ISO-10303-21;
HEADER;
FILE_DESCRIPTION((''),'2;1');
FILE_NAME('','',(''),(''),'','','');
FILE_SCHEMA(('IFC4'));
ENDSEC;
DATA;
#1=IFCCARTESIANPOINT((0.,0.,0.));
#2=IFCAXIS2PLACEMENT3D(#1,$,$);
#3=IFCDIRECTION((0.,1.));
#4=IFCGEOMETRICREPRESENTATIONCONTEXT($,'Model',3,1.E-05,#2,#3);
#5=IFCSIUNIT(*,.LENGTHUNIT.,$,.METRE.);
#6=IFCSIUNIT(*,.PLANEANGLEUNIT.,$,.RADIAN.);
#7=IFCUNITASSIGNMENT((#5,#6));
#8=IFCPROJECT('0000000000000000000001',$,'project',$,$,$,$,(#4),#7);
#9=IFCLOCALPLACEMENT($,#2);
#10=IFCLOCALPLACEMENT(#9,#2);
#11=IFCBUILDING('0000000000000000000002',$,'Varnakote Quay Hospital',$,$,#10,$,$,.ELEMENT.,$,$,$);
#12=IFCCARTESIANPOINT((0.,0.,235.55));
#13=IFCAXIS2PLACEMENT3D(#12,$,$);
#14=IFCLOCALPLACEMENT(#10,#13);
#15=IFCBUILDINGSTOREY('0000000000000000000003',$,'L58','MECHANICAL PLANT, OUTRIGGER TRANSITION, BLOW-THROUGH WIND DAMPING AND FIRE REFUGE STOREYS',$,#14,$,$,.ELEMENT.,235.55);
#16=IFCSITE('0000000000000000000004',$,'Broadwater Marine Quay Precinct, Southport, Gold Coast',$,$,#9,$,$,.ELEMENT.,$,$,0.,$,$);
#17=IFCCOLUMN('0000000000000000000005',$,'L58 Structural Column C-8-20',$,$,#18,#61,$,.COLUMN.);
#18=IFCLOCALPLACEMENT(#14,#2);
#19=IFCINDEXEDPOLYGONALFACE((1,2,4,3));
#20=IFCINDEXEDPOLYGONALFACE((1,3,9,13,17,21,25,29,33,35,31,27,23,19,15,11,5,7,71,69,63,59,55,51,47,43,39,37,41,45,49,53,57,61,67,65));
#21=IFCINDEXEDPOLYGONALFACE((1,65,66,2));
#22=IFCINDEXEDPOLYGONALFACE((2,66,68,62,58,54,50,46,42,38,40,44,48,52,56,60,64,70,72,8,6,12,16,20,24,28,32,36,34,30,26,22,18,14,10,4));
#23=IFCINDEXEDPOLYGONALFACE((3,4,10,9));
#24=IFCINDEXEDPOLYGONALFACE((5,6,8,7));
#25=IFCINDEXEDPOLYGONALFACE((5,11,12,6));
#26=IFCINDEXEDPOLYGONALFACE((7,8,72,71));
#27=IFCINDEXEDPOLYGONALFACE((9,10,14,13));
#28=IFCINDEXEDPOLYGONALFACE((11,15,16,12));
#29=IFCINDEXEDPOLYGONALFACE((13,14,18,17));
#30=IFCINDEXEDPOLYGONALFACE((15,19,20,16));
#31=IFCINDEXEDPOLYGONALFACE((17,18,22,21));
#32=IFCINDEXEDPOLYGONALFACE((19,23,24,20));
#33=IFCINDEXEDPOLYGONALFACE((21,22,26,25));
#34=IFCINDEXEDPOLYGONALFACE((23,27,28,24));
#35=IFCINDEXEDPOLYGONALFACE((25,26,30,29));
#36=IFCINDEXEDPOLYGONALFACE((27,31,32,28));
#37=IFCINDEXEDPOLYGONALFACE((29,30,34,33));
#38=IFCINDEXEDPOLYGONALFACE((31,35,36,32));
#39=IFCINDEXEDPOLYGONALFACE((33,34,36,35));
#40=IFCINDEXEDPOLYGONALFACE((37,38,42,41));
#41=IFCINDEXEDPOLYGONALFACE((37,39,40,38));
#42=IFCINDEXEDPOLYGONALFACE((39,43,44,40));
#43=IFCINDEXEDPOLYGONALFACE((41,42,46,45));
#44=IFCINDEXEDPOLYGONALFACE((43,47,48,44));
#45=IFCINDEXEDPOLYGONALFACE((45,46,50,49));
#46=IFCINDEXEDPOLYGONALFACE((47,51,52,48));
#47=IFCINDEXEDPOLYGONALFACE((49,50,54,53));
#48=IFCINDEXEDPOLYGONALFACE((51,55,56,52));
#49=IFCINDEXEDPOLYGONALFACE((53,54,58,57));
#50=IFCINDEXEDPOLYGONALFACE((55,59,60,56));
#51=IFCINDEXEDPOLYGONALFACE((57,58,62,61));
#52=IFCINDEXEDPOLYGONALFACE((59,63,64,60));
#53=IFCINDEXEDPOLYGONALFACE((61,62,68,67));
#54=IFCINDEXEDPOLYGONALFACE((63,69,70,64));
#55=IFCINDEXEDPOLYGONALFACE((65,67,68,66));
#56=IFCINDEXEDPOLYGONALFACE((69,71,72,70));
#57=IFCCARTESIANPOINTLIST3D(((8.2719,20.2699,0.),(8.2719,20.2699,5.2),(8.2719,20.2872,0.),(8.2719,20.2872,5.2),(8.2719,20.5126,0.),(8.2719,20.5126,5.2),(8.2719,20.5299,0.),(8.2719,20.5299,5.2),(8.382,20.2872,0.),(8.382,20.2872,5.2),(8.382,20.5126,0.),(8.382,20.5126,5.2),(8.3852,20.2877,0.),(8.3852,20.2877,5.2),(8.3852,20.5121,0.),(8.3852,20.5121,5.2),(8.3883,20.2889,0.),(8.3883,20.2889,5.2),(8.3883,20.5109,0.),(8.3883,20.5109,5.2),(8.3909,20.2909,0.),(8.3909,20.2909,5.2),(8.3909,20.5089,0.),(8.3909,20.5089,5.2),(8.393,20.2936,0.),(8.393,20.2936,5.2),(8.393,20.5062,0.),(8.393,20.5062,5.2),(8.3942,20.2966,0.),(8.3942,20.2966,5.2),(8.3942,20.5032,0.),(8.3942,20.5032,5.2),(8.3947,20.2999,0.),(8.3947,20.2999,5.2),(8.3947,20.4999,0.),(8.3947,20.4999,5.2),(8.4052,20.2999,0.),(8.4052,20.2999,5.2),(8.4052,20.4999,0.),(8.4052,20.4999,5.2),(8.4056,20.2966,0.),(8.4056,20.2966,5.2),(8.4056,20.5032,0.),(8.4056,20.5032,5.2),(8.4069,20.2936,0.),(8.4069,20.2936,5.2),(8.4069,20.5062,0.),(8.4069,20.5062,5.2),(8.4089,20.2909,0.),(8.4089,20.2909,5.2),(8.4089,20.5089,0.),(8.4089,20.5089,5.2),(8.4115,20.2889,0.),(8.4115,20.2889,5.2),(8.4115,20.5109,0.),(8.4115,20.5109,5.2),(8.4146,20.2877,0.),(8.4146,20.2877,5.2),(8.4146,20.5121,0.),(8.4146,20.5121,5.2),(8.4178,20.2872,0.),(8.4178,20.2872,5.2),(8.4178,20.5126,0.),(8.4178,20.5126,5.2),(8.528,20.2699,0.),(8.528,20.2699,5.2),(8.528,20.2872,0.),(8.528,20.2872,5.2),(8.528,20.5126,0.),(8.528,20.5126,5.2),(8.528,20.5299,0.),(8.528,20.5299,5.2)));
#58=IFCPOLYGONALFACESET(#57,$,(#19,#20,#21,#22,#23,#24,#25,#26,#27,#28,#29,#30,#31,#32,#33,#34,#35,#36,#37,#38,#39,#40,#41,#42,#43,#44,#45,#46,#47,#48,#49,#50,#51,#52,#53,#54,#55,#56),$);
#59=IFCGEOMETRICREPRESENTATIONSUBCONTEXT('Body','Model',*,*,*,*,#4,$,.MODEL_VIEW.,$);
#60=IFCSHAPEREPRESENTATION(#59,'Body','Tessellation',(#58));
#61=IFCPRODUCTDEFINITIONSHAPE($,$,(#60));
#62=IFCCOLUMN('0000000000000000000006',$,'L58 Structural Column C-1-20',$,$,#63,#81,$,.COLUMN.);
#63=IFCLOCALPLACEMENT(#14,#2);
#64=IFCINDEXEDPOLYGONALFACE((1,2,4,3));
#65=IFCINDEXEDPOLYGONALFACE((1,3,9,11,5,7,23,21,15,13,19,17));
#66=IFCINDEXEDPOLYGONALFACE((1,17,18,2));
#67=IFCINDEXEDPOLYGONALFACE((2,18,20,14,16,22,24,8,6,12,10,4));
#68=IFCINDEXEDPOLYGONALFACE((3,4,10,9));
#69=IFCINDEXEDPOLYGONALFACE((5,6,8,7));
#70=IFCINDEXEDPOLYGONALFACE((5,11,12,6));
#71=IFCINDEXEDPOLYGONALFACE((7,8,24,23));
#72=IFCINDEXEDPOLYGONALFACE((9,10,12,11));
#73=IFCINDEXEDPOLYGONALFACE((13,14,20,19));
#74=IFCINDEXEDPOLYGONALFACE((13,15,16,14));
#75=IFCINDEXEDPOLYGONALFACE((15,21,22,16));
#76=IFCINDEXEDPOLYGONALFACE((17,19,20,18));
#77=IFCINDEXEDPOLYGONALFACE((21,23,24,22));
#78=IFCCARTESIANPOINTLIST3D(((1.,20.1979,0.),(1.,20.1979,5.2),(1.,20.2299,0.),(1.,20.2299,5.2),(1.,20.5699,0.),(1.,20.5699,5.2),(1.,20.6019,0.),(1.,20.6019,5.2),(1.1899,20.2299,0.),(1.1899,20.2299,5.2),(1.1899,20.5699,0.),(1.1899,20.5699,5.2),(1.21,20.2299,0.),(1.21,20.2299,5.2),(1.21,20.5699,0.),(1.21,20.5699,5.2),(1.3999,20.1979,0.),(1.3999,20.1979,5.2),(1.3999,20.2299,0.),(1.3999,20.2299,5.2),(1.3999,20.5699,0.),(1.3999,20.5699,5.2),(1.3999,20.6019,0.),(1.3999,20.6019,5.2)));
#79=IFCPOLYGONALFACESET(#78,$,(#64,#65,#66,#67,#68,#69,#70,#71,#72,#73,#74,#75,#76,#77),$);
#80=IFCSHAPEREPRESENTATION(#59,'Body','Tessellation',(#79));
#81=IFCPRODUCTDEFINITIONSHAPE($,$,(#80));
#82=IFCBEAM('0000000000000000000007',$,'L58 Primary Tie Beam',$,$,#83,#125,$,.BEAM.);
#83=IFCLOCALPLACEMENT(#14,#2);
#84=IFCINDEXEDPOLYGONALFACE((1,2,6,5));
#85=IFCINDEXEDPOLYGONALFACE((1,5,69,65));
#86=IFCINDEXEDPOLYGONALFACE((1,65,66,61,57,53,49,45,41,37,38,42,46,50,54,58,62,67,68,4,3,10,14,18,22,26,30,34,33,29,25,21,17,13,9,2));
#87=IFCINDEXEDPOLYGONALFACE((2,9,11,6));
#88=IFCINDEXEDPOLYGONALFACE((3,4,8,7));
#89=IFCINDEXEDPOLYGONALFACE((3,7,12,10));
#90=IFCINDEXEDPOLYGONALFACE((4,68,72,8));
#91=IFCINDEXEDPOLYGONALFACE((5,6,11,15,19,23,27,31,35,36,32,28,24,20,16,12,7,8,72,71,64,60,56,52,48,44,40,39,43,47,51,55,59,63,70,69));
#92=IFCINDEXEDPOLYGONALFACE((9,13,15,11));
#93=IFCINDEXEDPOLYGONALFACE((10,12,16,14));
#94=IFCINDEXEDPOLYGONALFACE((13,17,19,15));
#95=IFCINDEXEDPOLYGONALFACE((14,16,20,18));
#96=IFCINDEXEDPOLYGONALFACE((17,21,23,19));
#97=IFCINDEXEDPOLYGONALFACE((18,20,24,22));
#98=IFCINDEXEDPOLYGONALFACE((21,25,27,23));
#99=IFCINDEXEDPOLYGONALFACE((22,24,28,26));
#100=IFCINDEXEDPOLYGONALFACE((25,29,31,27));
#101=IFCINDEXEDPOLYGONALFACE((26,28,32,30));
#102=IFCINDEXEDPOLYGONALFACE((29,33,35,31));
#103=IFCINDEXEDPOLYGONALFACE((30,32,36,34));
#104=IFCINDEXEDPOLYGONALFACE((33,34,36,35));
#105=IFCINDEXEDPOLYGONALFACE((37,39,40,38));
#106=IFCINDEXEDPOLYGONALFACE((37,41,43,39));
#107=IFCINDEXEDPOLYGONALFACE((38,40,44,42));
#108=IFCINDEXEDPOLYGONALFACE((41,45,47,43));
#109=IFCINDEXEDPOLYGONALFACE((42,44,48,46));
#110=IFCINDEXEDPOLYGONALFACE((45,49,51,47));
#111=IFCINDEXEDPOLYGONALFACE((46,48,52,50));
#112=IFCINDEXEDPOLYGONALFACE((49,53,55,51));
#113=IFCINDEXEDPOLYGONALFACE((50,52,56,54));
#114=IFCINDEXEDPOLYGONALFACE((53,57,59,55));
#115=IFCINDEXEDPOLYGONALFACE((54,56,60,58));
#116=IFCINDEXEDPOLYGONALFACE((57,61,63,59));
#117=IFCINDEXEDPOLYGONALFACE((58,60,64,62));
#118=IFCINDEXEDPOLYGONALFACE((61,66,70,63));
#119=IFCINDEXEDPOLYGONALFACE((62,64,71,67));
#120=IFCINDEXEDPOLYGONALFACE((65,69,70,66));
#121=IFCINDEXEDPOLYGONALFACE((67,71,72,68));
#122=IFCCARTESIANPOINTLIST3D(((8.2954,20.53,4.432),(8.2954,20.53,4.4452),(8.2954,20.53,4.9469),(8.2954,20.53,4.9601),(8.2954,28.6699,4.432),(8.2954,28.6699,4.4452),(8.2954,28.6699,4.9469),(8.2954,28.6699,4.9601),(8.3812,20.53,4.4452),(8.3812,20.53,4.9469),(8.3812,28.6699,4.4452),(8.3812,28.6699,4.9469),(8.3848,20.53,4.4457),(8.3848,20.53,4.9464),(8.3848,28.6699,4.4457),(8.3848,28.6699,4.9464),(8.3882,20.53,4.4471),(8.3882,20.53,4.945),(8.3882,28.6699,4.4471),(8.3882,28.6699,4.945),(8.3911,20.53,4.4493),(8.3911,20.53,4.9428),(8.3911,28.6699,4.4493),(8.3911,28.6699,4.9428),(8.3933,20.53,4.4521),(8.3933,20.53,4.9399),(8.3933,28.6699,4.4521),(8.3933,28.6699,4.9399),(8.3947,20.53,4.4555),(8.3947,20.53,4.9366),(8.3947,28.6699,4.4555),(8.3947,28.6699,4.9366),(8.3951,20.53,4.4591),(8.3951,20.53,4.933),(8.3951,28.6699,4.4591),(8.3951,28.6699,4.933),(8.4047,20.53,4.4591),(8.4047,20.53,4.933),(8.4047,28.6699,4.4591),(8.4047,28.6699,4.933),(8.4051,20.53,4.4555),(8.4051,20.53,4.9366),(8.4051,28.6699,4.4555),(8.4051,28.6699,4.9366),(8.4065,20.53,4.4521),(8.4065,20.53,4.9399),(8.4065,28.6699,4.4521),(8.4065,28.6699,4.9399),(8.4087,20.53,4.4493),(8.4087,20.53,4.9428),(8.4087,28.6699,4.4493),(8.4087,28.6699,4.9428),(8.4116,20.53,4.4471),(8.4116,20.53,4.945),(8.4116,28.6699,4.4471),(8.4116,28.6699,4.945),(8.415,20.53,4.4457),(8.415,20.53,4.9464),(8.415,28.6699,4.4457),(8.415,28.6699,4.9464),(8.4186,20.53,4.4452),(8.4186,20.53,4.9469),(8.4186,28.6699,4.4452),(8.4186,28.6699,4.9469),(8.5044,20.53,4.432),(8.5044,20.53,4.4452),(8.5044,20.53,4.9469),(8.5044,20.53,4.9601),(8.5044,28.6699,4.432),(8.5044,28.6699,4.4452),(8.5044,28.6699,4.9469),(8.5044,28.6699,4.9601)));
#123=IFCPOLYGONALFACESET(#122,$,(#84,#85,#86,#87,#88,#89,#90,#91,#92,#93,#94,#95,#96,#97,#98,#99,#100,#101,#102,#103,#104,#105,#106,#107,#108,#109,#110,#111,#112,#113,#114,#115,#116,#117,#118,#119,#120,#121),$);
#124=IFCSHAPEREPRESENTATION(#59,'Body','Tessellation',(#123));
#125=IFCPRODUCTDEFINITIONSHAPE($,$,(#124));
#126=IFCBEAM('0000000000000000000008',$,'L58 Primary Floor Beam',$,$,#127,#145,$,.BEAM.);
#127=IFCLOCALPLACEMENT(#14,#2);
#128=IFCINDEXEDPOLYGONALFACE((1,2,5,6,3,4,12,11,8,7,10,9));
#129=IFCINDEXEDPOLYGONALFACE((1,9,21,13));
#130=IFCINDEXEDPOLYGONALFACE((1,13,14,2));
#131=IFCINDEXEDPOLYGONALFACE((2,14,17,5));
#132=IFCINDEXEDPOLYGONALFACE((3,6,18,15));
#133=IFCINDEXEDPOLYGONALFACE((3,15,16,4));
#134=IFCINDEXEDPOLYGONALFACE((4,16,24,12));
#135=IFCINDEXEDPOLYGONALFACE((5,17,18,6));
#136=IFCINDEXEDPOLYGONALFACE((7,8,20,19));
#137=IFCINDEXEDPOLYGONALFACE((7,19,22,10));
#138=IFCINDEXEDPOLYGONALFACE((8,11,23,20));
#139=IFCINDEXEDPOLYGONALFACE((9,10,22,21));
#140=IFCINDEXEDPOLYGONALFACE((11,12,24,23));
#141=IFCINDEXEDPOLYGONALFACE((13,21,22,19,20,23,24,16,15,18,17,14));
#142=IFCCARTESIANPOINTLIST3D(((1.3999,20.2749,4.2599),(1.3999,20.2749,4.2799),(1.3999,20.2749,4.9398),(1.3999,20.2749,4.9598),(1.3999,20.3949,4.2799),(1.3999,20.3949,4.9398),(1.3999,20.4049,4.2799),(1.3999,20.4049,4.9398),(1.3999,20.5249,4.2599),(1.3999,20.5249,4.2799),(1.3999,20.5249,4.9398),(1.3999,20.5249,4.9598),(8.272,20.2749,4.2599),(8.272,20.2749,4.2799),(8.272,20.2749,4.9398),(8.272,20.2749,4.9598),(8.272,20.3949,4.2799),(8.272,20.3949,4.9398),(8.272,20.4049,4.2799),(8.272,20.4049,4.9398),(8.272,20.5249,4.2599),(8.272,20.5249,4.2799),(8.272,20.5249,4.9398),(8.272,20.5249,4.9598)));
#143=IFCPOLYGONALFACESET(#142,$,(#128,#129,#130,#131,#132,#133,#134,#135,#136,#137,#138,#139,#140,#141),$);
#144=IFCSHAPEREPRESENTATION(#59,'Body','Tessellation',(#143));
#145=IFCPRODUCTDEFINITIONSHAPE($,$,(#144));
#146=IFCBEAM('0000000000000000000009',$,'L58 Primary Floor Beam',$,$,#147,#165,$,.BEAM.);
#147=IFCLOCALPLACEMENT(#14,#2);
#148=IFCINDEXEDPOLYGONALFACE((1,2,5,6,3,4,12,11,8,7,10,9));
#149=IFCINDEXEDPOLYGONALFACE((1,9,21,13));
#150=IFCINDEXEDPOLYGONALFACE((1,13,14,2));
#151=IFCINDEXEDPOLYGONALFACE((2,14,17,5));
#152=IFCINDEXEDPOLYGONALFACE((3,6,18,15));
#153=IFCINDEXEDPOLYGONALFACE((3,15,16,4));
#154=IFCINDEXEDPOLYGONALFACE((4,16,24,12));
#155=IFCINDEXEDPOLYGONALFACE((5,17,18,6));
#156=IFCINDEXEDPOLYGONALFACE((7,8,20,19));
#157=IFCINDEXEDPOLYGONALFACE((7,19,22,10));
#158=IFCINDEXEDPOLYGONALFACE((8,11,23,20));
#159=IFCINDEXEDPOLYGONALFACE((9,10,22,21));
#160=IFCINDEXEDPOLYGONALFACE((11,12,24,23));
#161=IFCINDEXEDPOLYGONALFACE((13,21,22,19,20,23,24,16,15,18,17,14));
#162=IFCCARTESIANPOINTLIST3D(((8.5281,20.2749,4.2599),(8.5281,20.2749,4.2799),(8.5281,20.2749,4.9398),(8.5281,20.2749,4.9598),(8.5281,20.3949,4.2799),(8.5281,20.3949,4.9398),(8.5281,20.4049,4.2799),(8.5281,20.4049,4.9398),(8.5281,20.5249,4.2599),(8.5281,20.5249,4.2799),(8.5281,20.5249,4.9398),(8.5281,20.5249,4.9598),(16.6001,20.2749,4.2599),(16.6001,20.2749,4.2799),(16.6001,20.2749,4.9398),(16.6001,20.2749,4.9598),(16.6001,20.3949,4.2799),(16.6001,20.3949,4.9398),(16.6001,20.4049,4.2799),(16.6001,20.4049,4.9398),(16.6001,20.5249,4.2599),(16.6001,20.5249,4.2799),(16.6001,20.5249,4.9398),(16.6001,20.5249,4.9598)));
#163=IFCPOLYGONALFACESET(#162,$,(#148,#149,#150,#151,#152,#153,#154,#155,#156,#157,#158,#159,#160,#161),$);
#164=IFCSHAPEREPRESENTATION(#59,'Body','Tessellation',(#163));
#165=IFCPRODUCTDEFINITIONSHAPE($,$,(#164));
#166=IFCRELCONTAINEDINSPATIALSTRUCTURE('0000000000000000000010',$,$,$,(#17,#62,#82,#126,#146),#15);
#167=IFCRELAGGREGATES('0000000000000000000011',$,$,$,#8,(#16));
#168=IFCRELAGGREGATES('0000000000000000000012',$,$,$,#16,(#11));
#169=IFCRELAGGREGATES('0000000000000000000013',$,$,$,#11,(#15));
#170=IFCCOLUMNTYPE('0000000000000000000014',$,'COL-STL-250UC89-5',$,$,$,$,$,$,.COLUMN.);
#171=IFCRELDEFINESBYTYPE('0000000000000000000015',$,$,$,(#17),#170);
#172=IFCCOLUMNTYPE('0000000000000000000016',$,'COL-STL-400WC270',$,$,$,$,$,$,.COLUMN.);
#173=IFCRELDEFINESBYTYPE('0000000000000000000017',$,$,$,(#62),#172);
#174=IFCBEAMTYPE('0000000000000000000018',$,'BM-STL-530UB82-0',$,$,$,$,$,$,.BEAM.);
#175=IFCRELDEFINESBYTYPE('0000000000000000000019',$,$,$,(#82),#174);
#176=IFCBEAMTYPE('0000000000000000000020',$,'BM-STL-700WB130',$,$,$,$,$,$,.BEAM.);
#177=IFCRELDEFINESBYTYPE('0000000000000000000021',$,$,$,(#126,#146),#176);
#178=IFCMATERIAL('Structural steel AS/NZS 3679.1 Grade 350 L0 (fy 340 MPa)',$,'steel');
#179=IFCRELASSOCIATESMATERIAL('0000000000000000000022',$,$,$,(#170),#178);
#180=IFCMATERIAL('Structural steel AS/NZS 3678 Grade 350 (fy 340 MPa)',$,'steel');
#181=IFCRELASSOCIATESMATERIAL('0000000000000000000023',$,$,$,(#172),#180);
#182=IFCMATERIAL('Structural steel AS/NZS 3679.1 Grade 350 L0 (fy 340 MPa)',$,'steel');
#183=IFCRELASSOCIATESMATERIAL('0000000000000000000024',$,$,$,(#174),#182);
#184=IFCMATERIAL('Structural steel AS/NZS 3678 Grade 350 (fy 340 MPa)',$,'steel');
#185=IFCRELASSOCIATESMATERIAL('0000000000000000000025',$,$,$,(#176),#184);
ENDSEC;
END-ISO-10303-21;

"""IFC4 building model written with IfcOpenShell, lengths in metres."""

from ifc_helpers import new_model, si_unit, direction, frame, origin, origin_2d, place, context, subcontext, project, spatial, i_section, extrude, material, material_profile, profile_set, type_object, element, save


model = new_model("IFC4")

# Units and contexts
model_context = context("Model", 3, precision=1e-05, world=origin(), true_north=direction((0.0, 1.0)))
body_context = subcontext(model_context, "Body", "Model", "MODEL_VIEW")
ifc_project = project(units=[si_unit("LENGTHUNIT", "METRE"), si_unit("PLANEANGLEUNIT", "RADIAN")], contexts=[model_context])

# Site, building, storey
site_placement = place(None, origin())
site = spatial("IfcSite", under=ifc_project, at=site_placement, Name="Broadwater Marine Quay Precinct, Southport, Gold Coast", CompositionType="ELEMENT", RefElevation=0.0)
building_placement = place(site_placement, origin())
building = spatial("IfcBuilding", under=site, at=building_placement, Name="Varnakote Quay Hospital", CompositionType="ELEMENT")
storey_placement = place(building_placement, frame((0.0, 0.0, 235.55)))
storey = spatial("IfcBuildingStorey", under=building, at=storey_placement, Name="L58", Description="MECHANICAL PLANT, OUTRIGGER TRANSITION, BLOW-THROUGH WIND DAMPING AND FIRE REFUGE STOREYS", CompositionType="ELEMENT", Elevation=235.55)

# Columns
ifc_material_1 = material(Name="Structural steel AS/NZS 3679.1 Grade 350 L0 (fy 340 MPa)", Category="steel")
ifc_material_profile_1 = material_profile(ifc_material_1, i_section(OverallWidth=0.2561, OverallDepth=0.26, WebThickness=0.0105, FlangeThickness=0.0173, FilletRadius=0.0127, at=origin_2d()), Name="250UC89.5")
ifc_profile_set_1 = profile_set([ifc_material_profile_1], Name="Structural steel AS/NZS 3679.1 Grade 350 L0 (fy 340 MPa)")
column_type_1 = type_object("IfcColumnType", Name="COL-STL-250UC89-5", PredefinedType="COLUMN", material=ifc_profile_set_1)
column_1_placement = place(storey_placement, frame((8.3999, 20.3999, 0.0), z_axis=(0.0, 0.0, 1.0), x_axis=(1.0, 0.0, 0.0)))
element("IfcColumn", 1, at=column_1_placement, inside=storey, type_object=column_type_1, Name="L58 Structural Column C-8-20", PredefinedType="COLUMN", context=body_context, shape_type="SweptSolid", body=[
    extrude(i_section(OverallWidth=0.2561, OverallDepth=0.26, WebThickness=0.0105, FlangeThickness=0.0173, FilletRadius=0.0127, at=origin_2d()), origin(), (0.0, 0.0, 1.0), 5.2),
])
ifc_material_2 = material(Name="Structural steel AS/NZS 3678 Grade 350 (fy 340 MPa)", Category="steel")
ifc_material_profile_2 = material_profile(ifc_material_2, i_section(OverallWidth=0.3999, OverallDepth=0.4041, WebThickness=0.02, FlangeThickness=0.032, at=origin_2d()), Name="400WC270")
ifc_profile_set_2 = profile_set([ifc_material_profile_2], Name="Structural steel AS/NZS 3678 Grade 350 (fy 340 MPa)")
column_type_2 = type_object("IfcColumnType", Name="COL-STL-400WC270", PredefinedType="COLUMN", material=ifc_profile_set_2)
column_2_placement = place(storey_placement, frame((1.2, 20.3999, 0.0), z_axis=(0.0, 0.0, 1.0), x_axis=(1.0, 0.0, 0.0)))
element("IfcColumn", 2, at=column_2_placement, inside=storey, type_object=column_type_2, Name="L58 Structural Column C-1-20", PredefinedType="COLUMN", context=body_context, shape_type="SweptSolid", body=[
    extrude(i_section(OverallWidth=0.3999, OverallDepth=0.4041, WebThickness=0.02, FlangeThickness=0.032, at=origin_2d()), origin(), (0.0, 0.0, 1.0), 5.2),
])

# Beams
ifc_material_3 = material(Name="Structural steel AS/NZS 3679.1 Grade 350 L0 (fy 340 MPa)", Category="steel")
ifc_material_profile_3 = material_profile(ifc_material_3, i_section(OverallWidth=0.209, OverallDepth=0.5281, WebThickness=0.0095, FlangeThickness=0.0132, FilletRadius=0.0139, at=origin_2d()), Name="530UB82.0")
ifc_profile_set_3 = profile_set([ifc_material_profile_3], Name="Structural steel AS/NZS 3679.1 Grade 350 L0 (fy 340 MPa)")
beam_type_1 = type_object("IfcBeamType", Name="BM-STL-530UB82-0", PredefinedType="BEAM", material=ifc_profile_set_3)
beam_1_placement = place(storey_placement, frame((8.3999, 20.53, 4.696), z_axis=(0.0, 1.0, 0.0), x_axis=(-1.0, 0.0, 0.0)))
element("IfcBeam", 3, at=beam_1_placement, inside=storey, type_object=beam_type_1, Name="L58 Primary Tie Beam", PredefinedType="BEAM", context=body_context, shape_type="SweptSolid", body=[
    extrude(i_section(OverallWidth=0.209, OverallDepth=0.5281, WebThickness=0.0095, FlangeThickness=0.0132, FilletRadius=0.0139, at=origin_2d()), origin(), (0.0, 0.0, 1.0), 8.1399),
])
ifc_material_4 = material(Name="Structural steel AS/NZS 3678 Grade 350 (fy 340 MPa)", Category="steel")
ifc_material_profile_4 = material_profile(ifc_material_4, i_section(OverallWidth=0.25, OverallDepth=0.7, WebThickness=0.01, FlangeThickness=0.02, at=origin_2d()), Name="700WB130")
ifc_profile_set_4 = profile_set([ifc_material_profile_4], Name="Structural steel AS/NZS 3678 Grade 350 (fy 340 MPa)")
beam_type_2 = type_object("IfcBeamType", Name="BM-STL-700WB130", PredefinedType="BEAM", material=ifc_profile_set_4)
beam_2_placement = place(storey_placement, frame((1.3999, 20.3999, 4.6099), z_axis=(1.0, 0.0, 0.0), x_axis=(0.0, 1.0, 0.0)))
element("IfcBeam", 4, at=beam_2_placement, inside=storey, type_object=beam_type_2, Name="L58 Primary Floor Beam", PredefinedType="BEAM", context=body_context, shape_type="SweptSolid", body=[
    extrude(i_section(OverallWidth=0.25, OverallDepth=0.7, WebThickness=0.01, FlangeThickness=0.02, at=origin_2d()), origin(), (0.0, 0.0, 1.0), 6.8721),
])
beam_3_placement = place(storey_placement, frame((8.5281, 20.3999, 4.6099), z_axis=(1.0, 0.0, 0.0), x_axis=(0.0, 1.0, 0.0)))
element("IfcBeam", 5, at=beam_3_placement, inside=storey, type_object=beam_type_2, Name="L58 Primary Floor Beam", PredefinedType="BEAM", context=body_context, shape_type="SweptSolid", body=[
    extrude(i_section(OverallWidth=0.25, OverallDepth=0.7, WebThickness=0.01, FlangeThickness=0.02, at=origin_2d()), origin(), (0.0, 0.0, 1.0), 8.072),
])

save(model, "model.ifc")
